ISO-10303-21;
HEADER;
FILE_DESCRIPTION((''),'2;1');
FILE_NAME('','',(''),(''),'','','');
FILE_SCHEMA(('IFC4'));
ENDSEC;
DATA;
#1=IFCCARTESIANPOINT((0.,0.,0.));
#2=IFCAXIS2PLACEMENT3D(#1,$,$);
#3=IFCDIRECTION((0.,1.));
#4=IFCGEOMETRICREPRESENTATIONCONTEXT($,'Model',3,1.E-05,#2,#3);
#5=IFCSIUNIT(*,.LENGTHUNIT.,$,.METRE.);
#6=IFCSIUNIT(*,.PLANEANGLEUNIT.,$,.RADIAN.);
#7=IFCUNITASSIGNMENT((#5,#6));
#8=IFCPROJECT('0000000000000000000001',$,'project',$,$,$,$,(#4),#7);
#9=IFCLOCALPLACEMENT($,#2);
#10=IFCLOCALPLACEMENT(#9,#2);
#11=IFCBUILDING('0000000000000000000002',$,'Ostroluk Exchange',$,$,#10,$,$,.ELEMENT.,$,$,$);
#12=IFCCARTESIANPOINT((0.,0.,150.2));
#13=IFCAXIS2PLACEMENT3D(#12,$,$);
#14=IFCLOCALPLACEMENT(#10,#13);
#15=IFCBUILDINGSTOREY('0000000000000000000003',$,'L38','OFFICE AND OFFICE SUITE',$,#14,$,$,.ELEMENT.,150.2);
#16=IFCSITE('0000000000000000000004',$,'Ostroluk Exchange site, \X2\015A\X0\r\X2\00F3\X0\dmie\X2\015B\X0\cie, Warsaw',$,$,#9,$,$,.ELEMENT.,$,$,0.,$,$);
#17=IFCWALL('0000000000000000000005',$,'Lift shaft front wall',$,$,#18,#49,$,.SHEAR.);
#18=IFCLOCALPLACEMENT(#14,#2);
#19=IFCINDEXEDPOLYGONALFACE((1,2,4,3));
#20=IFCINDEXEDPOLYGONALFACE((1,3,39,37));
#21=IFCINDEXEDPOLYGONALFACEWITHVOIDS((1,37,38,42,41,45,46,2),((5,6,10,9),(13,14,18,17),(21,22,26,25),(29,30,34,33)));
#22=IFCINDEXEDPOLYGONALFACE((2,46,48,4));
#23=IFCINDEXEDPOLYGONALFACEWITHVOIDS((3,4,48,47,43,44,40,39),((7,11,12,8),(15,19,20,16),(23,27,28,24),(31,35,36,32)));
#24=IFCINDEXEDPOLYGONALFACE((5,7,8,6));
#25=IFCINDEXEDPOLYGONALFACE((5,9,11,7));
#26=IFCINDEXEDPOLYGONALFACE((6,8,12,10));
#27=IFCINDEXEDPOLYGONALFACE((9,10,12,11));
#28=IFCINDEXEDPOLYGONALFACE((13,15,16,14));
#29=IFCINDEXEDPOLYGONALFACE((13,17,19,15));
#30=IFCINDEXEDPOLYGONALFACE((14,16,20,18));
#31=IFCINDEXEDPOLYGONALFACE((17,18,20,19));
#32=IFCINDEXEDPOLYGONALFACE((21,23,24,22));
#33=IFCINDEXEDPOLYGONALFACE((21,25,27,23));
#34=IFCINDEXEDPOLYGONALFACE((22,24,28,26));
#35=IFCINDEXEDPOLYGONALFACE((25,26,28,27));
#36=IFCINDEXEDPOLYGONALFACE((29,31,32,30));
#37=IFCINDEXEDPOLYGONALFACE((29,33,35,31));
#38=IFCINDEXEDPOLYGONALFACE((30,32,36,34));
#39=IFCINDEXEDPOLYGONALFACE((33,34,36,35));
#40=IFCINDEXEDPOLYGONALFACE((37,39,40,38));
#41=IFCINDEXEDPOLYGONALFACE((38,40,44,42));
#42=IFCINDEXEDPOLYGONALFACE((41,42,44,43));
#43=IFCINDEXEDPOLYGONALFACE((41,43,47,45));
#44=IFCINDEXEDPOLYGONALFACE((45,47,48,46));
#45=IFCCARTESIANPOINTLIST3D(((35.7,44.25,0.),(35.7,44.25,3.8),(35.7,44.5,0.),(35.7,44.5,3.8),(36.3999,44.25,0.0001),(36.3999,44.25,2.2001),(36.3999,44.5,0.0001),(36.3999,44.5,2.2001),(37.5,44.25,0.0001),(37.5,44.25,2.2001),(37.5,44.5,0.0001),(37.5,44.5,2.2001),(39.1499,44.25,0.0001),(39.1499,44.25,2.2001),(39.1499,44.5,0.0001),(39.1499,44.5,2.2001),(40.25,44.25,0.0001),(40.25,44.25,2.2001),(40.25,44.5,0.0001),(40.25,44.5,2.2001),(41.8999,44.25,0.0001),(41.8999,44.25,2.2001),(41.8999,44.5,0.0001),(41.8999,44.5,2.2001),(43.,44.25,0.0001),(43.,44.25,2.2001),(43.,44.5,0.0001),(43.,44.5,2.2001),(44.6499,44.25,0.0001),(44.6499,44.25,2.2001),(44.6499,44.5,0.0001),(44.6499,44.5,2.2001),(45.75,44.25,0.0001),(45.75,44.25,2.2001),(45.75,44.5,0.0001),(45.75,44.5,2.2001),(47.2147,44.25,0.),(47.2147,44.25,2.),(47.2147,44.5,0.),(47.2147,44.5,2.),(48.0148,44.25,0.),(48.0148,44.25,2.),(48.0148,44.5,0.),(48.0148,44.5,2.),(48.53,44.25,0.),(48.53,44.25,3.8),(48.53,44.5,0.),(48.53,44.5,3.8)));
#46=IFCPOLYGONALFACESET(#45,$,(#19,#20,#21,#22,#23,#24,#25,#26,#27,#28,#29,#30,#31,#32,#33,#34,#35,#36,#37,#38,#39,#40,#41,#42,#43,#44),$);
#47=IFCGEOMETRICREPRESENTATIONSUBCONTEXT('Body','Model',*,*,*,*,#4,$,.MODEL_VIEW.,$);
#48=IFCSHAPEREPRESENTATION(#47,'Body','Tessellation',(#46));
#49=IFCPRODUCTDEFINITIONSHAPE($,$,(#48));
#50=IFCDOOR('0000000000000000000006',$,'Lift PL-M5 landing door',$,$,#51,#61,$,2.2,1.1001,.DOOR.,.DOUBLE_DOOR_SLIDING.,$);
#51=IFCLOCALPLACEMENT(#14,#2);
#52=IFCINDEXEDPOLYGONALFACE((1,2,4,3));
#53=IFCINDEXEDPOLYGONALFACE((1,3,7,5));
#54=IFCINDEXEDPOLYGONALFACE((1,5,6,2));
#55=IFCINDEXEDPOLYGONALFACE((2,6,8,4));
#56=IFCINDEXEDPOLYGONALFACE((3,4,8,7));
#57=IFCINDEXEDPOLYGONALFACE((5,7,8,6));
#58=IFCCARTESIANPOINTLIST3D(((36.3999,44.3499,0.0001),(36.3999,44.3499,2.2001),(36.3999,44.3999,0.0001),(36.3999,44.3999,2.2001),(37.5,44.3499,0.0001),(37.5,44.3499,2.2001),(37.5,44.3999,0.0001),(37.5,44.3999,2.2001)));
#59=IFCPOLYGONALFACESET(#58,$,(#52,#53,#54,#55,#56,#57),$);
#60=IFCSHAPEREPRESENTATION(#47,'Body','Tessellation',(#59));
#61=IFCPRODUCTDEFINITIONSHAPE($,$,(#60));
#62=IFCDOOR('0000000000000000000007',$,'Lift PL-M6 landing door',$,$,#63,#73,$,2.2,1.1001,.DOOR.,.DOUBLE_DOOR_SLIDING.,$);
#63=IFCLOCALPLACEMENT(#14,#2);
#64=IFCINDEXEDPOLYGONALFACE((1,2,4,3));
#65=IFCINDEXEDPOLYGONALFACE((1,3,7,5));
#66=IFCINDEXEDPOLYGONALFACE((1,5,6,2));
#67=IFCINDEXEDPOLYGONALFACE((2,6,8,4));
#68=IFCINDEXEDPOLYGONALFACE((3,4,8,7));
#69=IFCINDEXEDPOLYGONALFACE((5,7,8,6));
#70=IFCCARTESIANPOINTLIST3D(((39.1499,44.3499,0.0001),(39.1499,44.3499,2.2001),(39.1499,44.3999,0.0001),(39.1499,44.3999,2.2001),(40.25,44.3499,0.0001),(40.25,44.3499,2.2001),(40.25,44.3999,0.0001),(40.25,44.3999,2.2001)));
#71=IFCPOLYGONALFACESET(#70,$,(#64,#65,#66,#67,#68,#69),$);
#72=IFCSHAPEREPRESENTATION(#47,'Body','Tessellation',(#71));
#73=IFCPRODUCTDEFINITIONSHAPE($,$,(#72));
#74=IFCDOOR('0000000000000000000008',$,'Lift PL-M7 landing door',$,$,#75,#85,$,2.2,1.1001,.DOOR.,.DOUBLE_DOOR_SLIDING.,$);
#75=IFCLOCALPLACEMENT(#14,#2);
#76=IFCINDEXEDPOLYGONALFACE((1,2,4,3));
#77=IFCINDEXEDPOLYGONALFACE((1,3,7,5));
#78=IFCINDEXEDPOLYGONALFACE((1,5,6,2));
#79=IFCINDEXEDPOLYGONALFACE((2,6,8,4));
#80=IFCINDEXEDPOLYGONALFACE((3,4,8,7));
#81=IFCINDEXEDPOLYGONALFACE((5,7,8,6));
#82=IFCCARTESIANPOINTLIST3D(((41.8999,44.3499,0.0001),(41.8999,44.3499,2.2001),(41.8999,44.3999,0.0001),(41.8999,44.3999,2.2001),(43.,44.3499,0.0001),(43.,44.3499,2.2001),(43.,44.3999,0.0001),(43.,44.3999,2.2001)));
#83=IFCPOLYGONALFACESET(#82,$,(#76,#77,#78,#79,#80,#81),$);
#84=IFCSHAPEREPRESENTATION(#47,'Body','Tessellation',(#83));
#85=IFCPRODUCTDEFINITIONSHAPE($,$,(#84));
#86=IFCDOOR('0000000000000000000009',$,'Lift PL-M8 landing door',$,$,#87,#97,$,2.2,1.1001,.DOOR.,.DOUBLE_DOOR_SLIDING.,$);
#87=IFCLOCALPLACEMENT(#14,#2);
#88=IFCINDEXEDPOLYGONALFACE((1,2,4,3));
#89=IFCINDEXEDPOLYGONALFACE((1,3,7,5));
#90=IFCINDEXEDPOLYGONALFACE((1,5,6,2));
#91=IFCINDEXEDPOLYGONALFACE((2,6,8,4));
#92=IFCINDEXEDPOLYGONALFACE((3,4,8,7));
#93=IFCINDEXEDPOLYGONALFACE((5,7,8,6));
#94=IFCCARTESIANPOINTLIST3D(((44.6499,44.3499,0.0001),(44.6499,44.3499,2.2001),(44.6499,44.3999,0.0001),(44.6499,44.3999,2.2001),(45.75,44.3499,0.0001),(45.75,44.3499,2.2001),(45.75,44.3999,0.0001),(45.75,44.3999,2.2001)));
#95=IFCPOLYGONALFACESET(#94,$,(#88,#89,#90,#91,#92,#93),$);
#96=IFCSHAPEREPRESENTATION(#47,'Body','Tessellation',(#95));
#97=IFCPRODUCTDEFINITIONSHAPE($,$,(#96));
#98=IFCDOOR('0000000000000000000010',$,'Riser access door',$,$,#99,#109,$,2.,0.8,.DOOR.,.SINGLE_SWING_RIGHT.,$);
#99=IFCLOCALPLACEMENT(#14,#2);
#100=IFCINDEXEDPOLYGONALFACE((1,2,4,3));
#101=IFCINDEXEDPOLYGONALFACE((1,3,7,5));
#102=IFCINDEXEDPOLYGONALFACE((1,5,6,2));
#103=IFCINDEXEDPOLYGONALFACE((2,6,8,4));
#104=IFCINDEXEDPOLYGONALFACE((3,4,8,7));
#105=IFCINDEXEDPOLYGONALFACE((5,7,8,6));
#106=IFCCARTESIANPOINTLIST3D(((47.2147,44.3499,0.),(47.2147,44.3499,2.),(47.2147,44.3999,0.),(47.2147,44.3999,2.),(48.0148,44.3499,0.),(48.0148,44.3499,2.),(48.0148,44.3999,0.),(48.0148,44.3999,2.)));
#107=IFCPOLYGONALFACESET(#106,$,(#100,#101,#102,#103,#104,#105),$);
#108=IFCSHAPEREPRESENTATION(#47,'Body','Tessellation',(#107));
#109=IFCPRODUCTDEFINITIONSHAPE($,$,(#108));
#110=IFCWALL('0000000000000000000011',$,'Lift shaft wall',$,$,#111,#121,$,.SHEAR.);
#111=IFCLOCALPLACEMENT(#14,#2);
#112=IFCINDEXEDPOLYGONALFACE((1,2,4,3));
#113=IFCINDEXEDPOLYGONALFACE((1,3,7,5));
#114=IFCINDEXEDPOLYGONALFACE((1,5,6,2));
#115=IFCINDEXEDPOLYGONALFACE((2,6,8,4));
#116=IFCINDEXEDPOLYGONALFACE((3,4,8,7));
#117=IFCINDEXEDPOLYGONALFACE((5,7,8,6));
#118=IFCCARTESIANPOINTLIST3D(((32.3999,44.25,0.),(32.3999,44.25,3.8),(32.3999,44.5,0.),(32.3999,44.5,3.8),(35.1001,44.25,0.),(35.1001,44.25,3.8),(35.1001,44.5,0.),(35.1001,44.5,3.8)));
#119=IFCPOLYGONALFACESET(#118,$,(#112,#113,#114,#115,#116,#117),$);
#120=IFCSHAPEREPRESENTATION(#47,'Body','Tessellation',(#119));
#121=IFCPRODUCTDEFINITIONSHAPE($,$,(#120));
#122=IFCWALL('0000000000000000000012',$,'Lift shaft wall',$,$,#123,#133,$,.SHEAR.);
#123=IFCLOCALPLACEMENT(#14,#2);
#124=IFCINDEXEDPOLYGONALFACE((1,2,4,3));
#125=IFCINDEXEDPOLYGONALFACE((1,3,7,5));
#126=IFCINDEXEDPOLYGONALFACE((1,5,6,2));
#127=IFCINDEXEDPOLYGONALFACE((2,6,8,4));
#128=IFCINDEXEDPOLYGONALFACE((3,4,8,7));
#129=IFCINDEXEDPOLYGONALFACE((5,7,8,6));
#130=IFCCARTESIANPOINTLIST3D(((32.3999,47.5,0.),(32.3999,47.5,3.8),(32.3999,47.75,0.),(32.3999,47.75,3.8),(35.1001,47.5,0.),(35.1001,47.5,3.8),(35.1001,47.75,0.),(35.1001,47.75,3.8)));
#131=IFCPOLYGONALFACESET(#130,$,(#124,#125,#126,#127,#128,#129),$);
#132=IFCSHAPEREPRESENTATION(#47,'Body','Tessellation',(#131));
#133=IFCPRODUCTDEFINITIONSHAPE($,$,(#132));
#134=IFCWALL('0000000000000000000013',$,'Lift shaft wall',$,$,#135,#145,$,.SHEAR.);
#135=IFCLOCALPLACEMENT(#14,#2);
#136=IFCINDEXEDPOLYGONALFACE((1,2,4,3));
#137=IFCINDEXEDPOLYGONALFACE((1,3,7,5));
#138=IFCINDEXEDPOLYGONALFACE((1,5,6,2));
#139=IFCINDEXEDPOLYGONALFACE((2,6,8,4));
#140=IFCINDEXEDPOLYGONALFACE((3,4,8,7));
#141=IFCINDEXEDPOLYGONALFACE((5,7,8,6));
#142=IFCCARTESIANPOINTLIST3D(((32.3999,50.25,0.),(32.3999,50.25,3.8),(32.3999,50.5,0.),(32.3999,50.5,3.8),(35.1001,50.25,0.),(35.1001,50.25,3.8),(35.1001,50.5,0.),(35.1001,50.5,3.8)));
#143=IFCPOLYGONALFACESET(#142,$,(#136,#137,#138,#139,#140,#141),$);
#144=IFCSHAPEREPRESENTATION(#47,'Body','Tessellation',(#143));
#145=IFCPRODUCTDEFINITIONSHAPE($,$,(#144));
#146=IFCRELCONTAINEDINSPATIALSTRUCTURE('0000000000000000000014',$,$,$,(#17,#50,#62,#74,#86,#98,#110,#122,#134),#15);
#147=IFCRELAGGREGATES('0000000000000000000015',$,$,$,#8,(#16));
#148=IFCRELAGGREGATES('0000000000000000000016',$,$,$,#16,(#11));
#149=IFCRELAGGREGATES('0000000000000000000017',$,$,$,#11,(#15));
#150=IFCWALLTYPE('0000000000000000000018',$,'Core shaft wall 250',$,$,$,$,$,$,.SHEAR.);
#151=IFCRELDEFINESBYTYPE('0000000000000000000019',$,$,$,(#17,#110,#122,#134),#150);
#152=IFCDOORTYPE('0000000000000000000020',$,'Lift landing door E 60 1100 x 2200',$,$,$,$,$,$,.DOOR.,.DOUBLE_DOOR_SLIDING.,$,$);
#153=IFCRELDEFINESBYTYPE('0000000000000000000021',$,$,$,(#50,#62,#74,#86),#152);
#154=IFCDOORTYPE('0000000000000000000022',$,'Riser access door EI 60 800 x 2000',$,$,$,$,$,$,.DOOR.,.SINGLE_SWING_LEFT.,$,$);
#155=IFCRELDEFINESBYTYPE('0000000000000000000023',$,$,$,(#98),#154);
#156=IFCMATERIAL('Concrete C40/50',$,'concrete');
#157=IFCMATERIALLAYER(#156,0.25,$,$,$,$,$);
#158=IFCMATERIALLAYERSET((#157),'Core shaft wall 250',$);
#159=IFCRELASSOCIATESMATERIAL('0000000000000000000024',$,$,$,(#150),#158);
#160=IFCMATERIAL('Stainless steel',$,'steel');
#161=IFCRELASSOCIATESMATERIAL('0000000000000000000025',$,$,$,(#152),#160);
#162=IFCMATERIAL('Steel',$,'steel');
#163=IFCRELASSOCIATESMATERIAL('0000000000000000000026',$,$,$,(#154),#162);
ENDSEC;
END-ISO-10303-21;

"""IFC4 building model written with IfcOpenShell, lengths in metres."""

from ifc_helpers import new_model, si_unit, direction, frame, frame_2d, origin, place, context, subcontext, project, spatial, rectangle, extrude, material, layer, layer_set, type_object, element, fill, save


model = new_model("IFC4")

# Units and contexts
model_context = context("Model", 3, precision=1e-05, world=origin(), true_north=direction((0.0, 1.0)))
body_context = subcontext(model_context, "Body", "Model", "MODEL_VIEW")
ifc_project = project(units=[si_unit("LENGTHUNIT", "METRE"), si_unit("PLANEANGLEUNIT", "RADIAN")], contexts=[model_context])

# Site, building, storey
site_placement = place(None, origin())
site = spatial("IfcSite", under=ifc_project, at=site_placement, Name="Ostroluk Exchange site, Śródmieście, Warsaw", CompositionType="ELEMENT", RefElevation=0.0)
building_placement = place(site_placement, origin())
building = spatial("IfcBuilding", under=site, at=building_placement, Name="Ostroluk Exchange", CompositionType="ELEMENT")
storey_placement = place(building_placement, frame((0.0, 0.0, 150.2)))
storey = spatial("IfcBuildingStorey", under=building, at=storey_placement, Name="L38", Description="OFFICE AND OFFICE SUITE", CompositionType="ELEMENT", Elevation=150.2)

# Shared definitions
ifc_material_1 = material(Name="Concrete C40/50", Category="concrete")
ifc_layer_1 = layer(ifc_material_1, 0.25)
ifc_layer_set_1 = layer_set([ifc_layer_1], Name="Core shaft wall 250")
wall_type_1 = type_object("IfcWallType", Name="Core shaft wall 250", PredefinedType="SHEAR", material=ifc_layer_set_1)

# Wall, openings, doors
ifc_material_2 = material(Name="Stainless steel", Category="steel")
door_type_1 = type_object("IfcDoorType", Name="Lift landing door E 60 1100 x 2200", OperationType="DOUBLE_DOOR_SLIDING", PredefinedType="DOOR", material=ifc_material_2)
ifc_material_3 = material(Name="Steel", Category="steel")
door_type_2 = type_object("IfcDoorType", Name="Riser access door EI 60 800 x 2000", OperationType="SINGLE_SWING_LEFT", PredefinedType="DOOR", material=ifc_material_3)
wall_1_placement = place(storey_placement, frame((35.7, 44.375, 0.0), z_axis=(0.0, 0.0, 1.0), x_axis=(1.0, 0.0, 0.0)))
wall_1 = element("IfcWall", 1, at=wall_1_placement, inside=storey, type_object=wall_type_1, Name="Lift shaft front wall", PredefinedType="SHEAR", context=body_context, shape_type="SweptSolid", body=[
    extrude(rectangle(XDim=12.8301, YDim=0.25, at=frame_2d((6.415, 0.0))), origin(), (0.0, 0.0, 1.0), 3.8),
])
opening_1_placement = place(wall_1_placement, frame((0.7, 0.0, 0.0)))
opening_1 = element("IfcOpeningElement", 2, at=opening_1_placement, cuts=wall_1, PredefinedType="OPENING", context=body_context, shape_type="SweptSolid", body=[
    extrude(rectangle(XDim=1.1001, YDim=2.2, at=frame_2d((0.55, 1.1001))), frame((0.0, 0.135, 0.0), z_axis=(0.0, -1.0, 0.0), x_axis=(1.0, 0.0, 0.0)), (0.0, 0.0, 1.0), 0.27),
])
opening_2_placement = place(wall_1_placement, frame((3.45, 0.0, 0.0)))
opening_2 = element("IfcOpeningElement", 3, at=opening_2_placement, cuts=wall_1, PredefinedType="OPENING", context=body_context, shape_type="SweptSolid", body=[
    extrude(rectangle(XDim=1.1001, YDim=2.2, at=frame_2d((0.55, 1.1001))), frame((0.0, 0.135, 0.0), z_axis=(0.0, -1.0, 0.0), x_axis=(1.0, 0.0, 0.0)), (0.0, 0.0, 1.0), 0.27),
])
opening_3_placement = place(wall_1_placement, frame((6.2, 0.0, 0.0)))
opening_3 = element("IfcOpeningElement", 4, at=opening_3_placement, cuts=wall_1, PredefinedType="OPENING", context=body_context, shape_type="SweptSolid", body=[
    extrude(rectangle(XDim=1.1001, YDim=2.2, at=frame_2d((0.55, 1.1001))), frame((0.0, 0.135, 0.0), z_axis=(0.0, -1.0, 0.0), x_axis=(1.0, 0.0, 0.0)), (0.0, 0.0, 1.0), 0.27),
])
opening_4_placement = place(wall_1_placement, frame((8.95, 0.0, 0.0)))
opening_4 = element("IfcOpeningElement", 5, at=opening_4_placement, cuts=wall_1, PredefinedType="OPENING", context=body_context, shape_type="SweptSolid", body=[
    extrude(rectangle(XDim=1.1001, YDim=2.2, at=frame_2d((0.55, 1.1001))), frame((0.0, 0.135, 0.0), z_axis=(0.0, -1.0, 0.0), x_axis=(1.0, 0.0, 0.0)), (0.0, 0.0, 1.0), 0.27),
])
opening_5_placement = place(wall_1_placement, frame((11.5149, 0.0, 0.0)))
opening_5 = element("IfcOpeningElement", 6, at=opening_5_placement, cuts=wall_1, PredefinedType="OPENING", context=body_context, shape_type="SweptSolid", body=[
    extrude(rectangle(XDim=0.8, YDim=2.0, at=frame_2d((0.3999, 1.0))), frame((0.0, 0.135, 0.0), z_axis=(0.0, -1.0, 0.0), x_axis=(1.0, 0.0, 0.0)), (0.0, 0.0, 1.0), 0.27),
])
door_1_placement = place(opening_1_placement, origin())
door_1 = element("IfcDoor", 7, at=door_1_placement, inside=storey, type_object=door_type_1, Name="Lift PL-M5 landing door", OperationType="DOUBLE_DOOR_SLIDING", OverallHeight=2.2, OverallWidth=1.1001, PredefinedType="DOOR", context=body_context, shape_type="SweptSolid", body=[
    extrude(rectangle(XDim=1.1001, YDim=2.2, at=frame_2d((0.55, 1.1001))), frame((0.0, 0.0249, 0.0), z_axis=(0.0, -1.0, 0.0), x_axis=(1.0, 0.0, 0.0)), (0.0, 0.0, 1.0), 0.05),
])
fill(opening_1, door_1)
door_2_placement = place(opening_2_placement, origin())
door_2 = element("IfcDoor", 8, at=door_2_placement, inside=storey, type_object=door_type_1, Name="Lift PL-M6 landing door", OperationType="DOUBLE_DOOR_SLIDING", OverallHeight=2.2, OverallWidth=1.1001, PredefinedType="DOOR", context=body_context, shape_type="SweptSolid", body=[
    extrude(rectangle(XDim=1.1001, YDim=2.2, at=frame_2d((0.55, 1.1001))), frame((0.0, 0.0249, 0.0), z_axis=(0.0, -1.0, 0.0), x_axis=(1.0, 0.0, 0.0)), (0.0, 0.0, 1.0), 0.05),
])
fill(opening_2, door_2)
door_3_placement = place(opening_3_placement, origin())
door_3 = element("IfcDoor", 9, at=door_3_placement, inside=storey, type_object=door_type_1, Name="Lift PL-M7 landing door", OperationType="DOUBLE_DOOR_SLIDING", OverallHeight=2.2, OverallWidth=1.1001, PredefinedType="DOOR", context=body_context, shape_type="SweptSolid", body=[
    extrude(rectangle(XDim=1.1001, YDim=2.2, at=frame_2d((0.55, 1.1001))), frame((0.0, 0.0249, 0.0), z_axis=(0.0, -1.0, 0.0), x_axis=(1.0, 0.0, 0.0)), (0.0, 0.0, 1.0), 0.05),
])
fill(opening_3, door_3)
door_4_placement = place(opening_4_placement, origin())
door_4 = element("IfcDoor", 10, at=door_4_placement, inside=storey, type_object=door_type_1, Name="Lift PL-M8 landing door", OperationType="DOUBLE_DOOR_SLIDING", OverallHeight=2.2, OverallWidth=1.1001, PredefinedType="DOOR", context=body_context, shape_type="SweptSolid", body=[
    extrude(rectangle(XDim=1.1001, YDim=2.2, at=frame_2d((0.55, 1.1001))), frame((0.0, 0.0249, 0.0), z_axis=(0.0, -1.0, 0.0), x_axis=(1.0, 0.0, 0.0)), (0.0, 0.0, 1.0), 0.05),
])
fill(opening_4, door_4)
door_5_placement = place(opening_5_placement, origin())
door_5 = element("IfcDoor", 11, at=door_5_placement, inside=storey, type_object=door_type_2, Name="Riser access door", OperationType="SINGLE_SWING_RIGHT", OverallHeight=2.0, OverallWidth=0.8, PredefinedType="DOOR", context=body_context, shape_type="SweptSolid", body=[
    extrude(rectangle(XDim=0.8, YDim=2.0, at=frame_2d((0.3999, 1.0))), frame((0.0, 0.0249, 0.0), z_axis=(0.0, -1.0, 0.0), x_axis=(1.0, 0.0, 0.0)), (0.0, 0.0, 1.0), 0.05),
])
fill(opening_5, door_5)

# Walls
for number, where, z_axis, x_axis, name in (
    (12, (32.3999, 44.375, 0.0), (0.0, 0.0, 1.0), (1.0, 0.0, 0.0), "Lift shaft wall"),
    (13, (32.3999, 47.625, 0.0), (0.0, 0.0, 1.0), (1.0, 0.0, 0.0), "Lift shaft wall"),
    (14, (32.3999, 50.375, 0.0), (0.0, 0.0, 1.0), (1.0, 0.0, 0.0), "Lift shaft wall"),
):
    element("IfcWall", number, at=place(storey_placement, frame(where, z_axis=z_axis, x_axis=x_axis)), inside=storey, type_object=wall_type_1, Name=name, PredefinedType="SHEAR", context=body_context, shape_type="SweptSolid", body=[
        extrude(rectangle(XDim=2.7002, YDim=0.25, at=frame_2d((1.3501, 0.0))), origin(), (0.0, 0.0, 1.0), 3.8),
    ])

save(model, "model.ifc")
